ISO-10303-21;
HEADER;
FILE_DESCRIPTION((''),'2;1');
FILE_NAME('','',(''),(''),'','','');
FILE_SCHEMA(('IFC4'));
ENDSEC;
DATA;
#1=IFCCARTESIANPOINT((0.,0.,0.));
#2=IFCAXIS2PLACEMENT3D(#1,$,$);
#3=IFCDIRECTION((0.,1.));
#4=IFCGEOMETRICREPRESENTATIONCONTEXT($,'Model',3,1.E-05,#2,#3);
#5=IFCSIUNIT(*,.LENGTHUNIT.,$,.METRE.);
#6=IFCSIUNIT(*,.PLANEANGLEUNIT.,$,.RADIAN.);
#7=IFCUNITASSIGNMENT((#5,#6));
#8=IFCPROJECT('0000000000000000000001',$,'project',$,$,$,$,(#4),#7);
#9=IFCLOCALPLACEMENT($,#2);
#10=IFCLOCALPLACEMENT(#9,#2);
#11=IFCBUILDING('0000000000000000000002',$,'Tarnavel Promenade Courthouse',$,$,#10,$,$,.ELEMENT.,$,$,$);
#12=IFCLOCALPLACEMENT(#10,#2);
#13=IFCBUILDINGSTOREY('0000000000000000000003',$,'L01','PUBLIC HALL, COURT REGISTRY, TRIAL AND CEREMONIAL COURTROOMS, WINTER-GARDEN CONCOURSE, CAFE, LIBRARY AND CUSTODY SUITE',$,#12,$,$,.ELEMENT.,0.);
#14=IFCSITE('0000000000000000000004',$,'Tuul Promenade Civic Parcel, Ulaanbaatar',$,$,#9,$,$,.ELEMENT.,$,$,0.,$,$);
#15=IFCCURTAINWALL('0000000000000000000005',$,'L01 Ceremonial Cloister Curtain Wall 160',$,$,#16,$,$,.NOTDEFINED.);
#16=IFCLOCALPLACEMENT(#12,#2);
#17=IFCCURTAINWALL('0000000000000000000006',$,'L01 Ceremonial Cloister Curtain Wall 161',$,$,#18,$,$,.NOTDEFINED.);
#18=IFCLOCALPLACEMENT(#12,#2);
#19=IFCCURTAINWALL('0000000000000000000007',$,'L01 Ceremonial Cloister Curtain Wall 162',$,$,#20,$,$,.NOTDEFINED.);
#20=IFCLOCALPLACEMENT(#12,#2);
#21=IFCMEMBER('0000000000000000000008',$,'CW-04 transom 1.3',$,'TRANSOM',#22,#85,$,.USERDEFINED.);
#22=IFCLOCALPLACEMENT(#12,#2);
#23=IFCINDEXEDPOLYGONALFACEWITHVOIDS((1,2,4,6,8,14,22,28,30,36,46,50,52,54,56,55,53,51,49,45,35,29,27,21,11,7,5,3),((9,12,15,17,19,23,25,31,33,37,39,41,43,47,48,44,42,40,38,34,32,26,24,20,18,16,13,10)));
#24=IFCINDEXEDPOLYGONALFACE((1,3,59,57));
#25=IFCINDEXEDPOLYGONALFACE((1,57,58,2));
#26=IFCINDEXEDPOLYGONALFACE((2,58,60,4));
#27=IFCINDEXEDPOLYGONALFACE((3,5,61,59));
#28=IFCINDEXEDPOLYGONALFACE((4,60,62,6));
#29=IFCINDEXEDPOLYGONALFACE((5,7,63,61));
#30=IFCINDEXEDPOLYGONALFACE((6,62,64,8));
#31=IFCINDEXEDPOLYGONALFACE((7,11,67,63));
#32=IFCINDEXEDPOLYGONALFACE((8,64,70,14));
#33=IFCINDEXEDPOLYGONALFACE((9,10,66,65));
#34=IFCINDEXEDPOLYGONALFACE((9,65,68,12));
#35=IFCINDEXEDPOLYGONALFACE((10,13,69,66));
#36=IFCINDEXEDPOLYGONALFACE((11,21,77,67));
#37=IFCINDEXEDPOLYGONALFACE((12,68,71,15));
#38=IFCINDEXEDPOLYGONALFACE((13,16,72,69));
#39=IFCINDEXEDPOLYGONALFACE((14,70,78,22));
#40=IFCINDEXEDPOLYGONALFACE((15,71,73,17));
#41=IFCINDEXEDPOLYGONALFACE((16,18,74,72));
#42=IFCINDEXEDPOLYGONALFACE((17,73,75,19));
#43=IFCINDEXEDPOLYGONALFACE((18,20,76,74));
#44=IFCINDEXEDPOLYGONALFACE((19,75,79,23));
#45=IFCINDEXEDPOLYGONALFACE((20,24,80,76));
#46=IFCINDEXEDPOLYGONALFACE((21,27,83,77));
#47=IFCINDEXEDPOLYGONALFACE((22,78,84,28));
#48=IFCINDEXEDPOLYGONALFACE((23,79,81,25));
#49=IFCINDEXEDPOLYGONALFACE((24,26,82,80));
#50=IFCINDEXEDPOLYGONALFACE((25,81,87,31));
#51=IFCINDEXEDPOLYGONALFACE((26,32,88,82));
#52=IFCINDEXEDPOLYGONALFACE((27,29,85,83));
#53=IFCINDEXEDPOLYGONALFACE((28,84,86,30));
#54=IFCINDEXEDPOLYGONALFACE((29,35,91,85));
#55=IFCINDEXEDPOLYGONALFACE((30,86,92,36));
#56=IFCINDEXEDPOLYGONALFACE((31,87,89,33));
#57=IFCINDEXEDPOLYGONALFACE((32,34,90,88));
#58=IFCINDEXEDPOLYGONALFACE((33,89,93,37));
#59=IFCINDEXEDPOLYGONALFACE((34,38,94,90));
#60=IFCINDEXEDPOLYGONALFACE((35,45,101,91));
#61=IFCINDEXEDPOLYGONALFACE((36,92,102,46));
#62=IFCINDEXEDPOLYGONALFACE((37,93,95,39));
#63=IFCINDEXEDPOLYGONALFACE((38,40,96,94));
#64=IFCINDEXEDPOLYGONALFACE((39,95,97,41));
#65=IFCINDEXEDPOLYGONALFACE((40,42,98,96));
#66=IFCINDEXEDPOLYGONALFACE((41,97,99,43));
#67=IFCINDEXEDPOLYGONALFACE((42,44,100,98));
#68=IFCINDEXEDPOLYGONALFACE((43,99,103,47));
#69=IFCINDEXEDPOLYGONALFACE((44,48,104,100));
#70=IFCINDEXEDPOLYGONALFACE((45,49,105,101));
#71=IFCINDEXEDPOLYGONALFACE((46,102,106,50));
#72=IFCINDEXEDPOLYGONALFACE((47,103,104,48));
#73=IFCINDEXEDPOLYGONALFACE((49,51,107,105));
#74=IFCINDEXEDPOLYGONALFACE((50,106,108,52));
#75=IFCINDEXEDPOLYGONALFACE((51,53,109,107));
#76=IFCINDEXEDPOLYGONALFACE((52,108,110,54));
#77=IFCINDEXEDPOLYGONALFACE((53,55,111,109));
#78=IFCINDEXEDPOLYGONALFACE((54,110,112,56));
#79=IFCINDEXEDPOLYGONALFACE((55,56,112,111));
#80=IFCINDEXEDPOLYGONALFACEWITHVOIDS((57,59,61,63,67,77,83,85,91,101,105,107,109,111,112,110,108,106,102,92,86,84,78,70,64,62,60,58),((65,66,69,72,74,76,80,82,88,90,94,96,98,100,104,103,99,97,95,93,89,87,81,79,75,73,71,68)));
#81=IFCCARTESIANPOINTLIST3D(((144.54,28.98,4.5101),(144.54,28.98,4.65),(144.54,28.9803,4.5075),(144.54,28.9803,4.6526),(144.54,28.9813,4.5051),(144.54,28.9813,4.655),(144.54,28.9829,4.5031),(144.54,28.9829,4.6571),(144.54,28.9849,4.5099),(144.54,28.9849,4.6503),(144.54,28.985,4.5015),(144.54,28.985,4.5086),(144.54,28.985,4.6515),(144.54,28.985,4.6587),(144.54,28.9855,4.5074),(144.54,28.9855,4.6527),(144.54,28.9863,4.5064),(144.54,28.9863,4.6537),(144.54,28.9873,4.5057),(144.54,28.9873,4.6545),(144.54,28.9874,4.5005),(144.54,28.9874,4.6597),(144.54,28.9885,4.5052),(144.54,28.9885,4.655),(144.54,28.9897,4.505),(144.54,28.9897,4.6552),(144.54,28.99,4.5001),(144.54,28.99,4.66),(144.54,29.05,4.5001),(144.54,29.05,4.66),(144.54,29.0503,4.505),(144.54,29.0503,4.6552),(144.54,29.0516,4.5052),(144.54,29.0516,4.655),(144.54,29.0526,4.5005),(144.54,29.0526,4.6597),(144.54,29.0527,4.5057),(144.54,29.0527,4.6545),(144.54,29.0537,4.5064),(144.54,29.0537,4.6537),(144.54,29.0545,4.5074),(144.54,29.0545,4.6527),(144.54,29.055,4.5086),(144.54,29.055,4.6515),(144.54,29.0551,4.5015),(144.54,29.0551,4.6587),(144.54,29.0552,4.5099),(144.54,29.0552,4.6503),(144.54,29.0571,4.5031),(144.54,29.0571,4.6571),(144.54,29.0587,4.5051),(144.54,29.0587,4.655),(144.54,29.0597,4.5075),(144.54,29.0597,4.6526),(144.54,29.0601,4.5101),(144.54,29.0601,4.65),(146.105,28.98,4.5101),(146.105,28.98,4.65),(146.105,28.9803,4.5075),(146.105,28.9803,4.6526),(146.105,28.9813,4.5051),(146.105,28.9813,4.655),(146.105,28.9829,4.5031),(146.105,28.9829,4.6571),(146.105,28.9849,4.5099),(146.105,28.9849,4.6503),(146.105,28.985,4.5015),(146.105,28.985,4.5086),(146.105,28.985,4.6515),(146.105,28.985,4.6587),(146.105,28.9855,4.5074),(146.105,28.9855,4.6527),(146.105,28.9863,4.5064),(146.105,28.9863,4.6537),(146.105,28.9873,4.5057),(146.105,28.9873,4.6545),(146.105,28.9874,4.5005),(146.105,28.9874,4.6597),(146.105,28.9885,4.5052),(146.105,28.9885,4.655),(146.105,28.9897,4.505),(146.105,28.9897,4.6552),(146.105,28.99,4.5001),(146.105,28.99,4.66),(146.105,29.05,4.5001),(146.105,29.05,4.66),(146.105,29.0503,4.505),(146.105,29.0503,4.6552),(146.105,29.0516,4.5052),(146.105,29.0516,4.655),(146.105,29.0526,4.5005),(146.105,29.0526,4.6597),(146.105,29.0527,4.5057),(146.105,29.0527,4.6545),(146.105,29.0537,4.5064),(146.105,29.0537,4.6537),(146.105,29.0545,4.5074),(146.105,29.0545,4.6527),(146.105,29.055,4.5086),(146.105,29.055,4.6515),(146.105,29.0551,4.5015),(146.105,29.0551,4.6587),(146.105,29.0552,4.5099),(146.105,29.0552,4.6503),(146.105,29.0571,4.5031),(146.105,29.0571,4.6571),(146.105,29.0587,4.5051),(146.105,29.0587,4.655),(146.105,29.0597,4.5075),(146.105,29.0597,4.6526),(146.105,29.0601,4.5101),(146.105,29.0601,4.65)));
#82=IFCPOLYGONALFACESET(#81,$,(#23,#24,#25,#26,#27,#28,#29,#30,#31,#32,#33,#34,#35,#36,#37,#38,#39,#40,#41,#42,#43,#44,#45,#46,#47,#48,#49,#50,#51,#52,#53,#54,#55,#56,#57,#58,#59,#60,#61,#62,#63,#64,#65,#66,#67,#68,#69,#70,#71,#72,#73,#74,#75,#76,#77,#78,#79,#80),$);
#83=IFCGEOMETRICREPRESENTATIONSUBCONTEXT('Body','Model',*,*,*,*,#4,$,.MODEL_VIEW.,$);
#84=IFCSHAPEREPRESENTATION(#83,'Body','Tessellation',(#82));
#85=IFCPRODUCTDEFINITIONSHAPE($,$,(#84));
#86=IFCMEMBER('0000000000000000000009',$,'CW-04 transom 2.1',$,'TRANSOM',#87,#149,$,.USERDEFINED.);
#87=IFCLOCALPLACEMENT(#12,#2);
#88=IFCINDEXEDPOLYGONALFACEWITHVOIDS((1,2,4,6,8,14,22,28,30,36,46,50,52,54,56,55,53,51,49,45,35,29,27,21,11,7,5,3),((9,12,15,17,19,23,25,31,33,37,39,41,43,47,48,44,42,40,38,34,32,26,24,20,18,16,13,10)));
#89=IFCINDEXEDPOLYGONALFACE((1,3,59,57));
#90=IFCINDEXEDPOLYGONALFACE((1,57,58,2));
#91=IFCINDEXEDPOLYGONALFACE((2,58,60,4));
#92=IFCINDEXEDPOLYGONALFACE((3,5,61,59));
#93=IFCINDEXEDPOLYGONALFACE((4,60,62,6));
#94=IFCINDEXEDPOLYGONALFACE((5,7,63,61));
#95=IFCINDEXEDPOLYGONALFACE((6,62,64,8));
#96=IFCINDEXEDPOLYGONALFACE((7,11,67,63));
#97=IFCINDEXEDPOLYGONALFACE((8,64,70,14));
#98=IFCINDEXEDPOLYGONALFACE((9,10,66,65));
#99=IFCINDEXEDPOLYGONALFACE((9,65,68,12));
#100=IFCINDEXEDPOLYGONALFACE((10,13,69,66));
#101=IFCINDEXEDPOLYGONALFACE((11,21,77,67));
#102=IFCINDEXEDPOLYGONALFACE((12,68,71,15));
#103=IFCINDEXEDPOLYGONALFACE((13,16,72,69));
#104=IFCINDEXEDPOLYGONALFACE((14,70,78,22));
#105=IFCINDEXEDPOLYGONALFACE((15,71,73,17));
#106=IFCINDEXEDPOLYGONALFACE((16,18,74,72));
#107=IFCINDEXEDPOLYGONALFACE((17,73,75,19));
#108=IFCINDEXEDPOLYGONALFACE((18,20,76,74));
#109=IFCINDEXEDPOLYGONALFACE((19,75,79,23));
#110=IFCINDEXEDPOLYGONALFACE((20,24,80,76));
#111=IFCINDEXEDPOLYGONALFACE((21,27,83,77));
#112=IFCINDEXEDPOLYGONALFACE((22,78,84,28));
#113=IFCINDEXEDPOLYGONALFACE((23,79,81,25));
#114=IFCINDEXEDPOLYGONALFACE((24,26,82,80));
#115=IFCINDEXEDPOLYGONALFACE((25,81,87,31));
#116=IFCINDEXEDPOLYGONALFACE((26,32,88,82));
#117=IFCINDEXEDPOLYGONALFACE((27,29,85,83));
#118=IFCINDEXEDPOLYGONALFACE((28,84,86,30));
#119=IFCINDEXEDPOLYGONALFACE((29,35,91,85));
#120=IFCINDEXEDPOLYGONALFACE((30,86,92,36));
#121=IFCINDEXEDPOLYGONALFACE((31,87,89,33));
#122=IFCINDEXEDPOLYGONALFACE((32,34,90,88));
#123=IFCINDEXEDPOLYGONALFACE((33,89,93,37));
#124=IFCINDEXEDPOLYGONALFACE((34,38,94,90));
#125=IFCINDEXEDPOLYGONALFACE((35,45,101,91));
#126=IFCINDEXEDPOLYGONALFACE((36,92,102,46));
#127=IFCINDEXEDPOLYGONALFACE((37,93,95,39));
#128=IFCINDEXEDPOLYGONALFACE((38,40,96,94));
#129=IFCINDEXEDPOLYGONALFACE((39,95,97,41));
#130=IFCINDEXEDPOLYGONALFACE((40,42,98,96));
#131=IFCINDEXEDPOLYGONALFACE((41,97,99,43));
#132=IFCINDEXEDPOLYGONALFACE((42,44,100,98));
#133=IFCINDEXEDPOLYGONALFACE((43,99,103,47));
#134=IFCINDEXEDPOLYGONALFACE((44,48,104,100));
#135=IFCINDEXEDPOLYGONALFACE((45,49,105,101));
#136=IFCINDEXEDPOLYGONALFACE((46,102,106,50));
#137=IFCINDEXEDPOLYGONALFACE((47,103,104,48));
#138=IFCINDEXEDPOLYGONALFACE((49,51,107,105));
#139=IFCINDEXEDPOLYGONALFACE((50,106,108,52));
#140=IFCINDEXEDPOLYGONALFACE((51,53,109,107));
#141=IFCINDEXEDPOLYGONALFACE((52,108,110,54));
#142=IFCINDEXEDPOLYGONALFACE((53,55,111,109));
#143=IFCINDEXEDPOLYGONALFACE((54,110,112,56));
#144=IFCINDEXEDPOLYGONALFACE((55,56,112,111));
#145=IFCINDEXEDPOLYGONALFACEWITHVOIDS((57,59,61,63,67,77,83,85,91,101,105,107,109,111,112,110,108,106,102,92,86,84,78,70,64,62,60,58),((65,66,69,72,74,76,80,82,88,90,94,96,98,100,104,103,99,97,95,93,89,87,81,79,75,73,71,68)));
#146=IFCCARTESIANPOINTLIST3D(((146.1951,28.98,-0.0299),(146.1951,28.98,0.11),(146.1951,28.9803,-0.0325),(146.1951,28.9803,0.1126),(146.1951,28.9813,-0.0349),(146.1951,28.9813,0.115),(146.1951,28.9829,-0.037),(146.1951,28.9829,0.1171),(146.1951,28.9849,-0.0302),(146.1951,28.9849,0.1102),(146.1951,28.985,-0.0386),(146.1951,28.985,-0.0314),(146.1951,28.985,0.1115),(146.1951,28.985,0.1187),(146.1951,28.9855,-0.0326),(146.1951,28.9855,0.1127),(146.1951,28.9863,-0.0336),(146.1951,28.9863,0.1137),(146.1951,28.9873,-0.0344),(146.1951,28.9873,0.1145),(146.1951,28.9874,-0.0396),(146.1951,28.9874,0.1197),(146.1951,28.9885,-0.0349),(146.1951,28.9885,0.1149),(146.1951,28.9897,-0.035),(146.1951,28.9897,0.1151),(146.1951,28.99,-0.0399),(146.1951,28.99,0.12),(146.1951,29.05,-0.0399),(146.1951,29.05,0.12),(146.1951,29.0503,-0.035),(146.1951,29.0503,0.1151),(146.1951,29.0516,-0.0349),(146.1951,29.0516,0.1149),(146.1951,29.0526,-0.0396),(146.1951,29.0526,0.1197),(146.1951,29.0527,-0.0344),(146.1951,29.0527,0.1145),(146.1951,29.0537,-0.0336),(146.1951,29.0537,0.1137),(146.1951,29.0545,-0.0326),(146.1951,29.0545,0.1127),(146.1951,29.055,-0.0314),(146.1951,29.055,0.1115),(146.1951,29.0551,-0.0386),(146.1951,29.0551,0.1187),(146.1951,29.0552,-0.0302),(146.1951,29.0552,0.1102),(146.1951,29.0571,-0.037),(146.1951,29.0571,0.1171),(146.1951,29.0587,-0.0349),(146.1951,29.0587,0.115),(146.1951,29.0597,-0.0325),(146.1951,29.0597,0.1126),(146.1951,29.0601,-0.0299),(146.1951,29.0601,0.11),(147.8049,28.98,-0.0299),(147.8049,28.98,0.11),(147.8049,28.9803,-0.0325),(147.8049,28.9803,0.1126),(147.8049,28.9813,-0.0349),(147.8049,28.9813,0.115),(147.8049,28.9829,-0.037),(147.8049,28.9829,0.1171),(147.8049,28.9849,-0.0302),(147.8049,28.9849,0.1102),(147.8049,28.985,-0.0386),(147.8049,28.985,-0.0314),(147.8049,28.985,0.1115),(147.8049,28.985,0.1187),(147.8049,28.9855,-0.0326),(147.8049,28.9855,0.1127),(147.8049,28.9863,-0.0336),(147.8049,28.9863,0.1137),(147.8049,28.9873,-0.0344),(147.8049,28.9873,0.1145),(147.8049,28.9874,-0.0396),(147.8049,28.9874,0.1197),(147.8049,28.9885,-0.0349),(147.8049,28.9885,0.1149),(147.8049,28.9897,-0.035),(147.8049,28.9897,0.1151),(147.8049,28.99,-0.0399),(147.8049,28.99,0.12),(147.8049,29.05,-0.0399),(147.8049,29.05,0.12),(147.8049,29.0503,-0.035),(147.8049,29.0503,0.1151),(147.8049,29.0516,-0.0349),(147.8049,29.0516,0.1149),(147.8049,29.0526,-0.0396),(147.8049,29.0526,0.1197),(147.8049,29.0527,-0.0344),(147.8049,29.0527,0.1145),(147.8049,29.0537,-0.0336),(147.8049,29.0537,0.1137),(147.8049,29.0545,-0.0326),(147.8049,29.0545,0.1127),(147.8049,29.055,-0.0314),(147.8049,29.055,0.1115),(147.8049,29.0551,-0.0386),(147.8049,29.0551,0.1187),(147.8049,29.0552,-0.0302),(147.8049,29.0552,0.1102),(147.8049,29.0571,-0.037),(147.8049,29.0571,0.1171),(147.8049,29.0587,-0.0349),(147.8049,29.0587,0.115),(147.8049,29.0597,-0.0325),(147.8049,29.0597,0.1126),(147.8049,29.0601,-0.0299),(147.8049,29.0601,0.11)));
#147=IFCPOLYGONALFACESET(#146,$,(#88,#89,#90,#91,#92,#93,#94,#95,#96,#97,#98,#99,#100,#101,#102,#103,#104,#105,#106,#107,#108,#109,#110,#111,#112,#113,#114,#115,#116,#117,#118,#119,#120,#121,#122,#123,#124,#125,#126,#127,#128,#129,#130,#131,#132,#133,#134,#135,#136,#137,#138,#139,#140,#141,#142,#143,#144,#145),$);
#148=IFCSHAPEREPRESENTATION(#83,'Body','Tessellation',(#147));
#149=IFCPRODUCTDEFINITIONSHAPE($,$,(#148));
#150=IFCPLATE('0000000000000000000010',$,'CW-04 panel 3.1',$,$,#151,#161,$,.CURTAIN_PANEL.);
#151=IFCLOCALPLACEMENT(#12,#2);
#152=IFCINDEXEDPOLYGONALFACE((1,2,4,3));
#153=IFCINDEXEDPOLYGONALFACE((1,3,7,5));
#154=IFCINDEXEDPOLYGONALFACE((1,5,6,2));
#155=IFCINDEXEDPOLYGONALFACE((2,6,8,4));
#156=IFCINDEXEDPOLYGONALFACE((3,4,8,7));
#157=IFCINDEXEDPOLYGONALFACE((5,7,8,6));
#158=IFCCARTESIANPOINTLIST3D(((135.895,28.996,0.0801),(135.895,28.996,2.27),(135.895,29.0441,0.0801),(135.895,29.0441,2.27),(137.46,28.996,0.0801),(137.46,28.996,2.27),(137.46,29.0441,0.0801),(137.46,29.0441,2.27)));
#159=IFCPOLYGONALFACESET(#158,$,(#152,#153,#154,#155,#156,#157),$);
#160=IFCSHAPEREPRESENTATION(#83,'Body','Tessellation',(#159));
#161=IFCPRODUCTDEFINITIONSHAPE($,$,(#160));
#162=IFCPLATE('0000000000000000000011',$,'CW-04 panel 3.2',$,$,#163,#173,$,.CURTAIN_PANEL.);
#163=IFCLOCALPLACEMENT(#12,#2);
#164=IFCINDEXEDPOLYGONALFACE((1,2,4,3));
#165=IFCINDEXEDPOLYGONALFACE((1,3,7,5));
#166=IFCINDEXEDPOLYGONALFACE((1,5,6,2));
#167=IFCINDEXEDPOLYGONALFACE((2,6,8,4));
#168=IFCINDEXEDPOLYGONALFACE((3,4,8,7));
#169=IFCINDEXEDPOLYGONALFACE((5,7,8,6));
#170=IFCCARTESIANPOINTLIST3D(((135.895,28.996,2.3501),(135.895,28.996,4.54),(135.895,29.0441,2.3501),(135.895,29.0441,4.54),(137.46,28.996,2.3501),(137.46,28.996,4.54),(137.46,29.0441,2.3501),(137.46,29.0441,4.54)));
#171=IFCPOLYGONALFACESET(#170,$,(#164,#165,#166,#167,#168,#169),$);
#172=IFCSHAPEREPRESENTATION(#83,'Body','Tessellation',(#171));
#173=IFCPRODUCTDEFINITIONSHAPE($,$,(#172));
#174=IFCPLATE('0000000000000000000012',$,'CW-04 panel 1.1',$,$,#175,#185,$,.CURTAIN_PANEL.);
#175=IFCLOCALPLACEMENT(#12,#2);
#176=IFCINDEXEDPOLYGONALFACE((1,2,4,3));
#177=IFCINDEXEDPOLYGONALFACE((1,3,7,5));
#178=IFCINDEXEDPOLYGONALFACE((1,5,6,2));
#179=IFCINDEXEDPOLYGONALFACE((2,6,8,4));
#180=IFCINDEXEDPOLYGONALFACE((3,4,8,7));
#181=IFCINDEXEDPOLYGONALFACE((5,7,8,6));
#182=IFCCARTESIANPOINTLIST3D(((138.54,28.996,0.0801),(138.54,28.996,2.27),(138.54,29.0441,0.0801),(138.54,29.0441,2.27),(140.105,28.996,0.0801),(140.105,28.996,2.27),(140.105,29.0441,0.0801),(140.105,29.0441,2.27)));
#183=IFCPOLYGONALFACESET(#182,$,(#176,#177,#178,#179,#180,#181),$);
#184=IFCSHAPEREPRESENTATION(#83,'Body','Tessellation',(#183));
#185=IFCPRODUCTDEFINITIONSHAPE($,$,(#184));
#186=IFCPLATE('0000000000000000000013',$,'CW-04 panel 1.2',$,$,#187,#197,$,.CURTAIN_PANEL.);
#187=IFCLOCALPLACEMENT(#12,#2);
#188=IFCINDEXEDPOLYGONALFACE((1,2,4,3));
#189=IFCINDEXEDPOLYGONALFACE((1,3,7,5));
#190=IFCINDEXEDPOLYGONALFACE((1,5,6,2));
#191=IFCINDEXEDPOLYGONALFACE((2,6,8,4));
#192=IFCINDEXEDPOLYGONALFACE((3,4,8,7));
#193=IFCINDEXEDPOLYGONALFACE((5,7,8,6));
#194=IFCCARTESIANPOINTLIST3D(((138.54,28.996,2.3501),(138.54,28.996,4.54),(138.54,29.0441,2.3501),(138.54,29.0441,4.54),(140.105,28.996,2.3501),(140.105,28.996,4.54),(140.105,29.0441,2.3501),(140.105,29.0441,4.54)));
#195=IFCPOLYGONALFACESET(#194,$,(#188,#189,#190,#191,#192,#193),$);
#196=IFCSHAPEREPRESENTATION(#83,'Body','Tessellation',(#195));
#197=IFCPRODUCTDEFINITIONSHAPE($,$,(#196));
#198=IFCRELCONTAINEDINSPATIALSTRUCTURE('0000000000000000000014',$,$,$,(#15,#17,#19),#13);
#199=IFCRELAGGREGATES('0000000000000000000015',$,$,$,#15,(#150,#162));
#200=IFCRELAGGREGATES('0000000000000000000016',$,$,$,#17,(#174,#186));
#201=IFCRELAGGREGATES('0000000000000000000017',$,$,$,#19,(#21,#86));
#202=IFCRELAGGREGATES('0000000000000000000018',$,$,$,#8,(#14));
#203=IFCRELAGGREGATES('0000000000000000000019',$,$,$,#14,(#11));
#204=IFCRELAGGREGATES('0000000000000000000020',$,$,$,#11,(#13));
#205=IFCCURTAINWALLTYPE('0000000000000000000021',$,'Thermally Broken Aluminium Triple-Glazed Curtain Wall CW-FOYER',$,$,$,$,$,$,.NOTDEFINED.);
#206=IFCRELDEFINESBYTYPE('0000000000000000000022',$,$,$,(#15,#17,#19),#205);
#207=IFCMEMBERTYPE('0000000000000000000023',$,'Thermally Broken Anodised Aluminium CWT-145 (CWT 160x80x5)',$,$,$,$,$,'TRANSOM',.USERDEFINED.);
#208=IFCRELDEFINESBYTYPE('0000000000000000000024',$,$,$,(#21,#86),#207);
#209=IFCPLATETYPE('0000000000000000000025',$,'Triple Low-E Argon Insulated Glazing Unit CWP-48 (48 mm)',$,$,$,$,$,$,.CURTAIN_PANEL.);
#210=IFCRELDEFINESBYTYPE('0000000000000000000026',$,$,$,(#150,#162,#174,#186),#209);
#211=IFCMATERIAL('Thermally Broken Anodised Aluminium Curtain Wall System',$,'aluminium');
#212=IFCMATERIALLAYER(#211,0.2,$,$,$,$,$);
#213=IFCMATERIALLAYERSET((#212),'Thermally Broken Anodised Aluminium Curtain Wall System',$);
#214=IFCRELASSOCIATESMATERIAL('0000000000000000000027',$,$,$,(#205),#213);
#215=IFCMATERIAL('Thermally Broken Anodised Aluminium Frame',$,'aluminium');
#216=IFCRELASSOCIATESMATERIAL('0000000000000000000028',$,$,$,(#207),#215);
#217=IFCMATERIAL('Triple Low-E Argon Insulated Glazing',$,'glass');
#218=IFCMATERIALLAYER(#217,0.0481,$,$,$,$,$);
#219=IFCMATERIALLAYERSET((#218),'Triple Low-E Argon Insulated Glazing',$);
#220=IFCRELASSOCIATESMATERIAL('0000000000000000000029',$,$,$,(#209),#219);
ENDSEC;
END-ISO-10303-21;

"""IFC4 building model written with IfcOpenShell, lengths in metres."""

from ifc_helpers import new_model, si_unit, direction, frame, origin, origin_2d, place, context, subcontext, project, spatial, rectangle, hollow_rectangle, extrude, material, layer, layer_set, material_profile, profile_set, type_object, element, aggregate, save


model = new_model("IFC4")

# Units and contexts
model_context = context("Model", 3, precision=1e-05, world=origin(), true_north=direction((0.0, 1.0)))
body_context = subcontext(model_context, "Body", "Model", "MODEL_VIEW")
ifc_project = project(units=[si_unit("LENGTHUNIT", "METRE"), si_unit("PLANEANGLEUNIT", "RADIAN")], contexts=[model_context])

# Site, building, storey
site_placement = place(None, origin())
site = spatial("IfcSite", under=ifc_project, at=site_placement, Name="Tuul Promenade Civic Parcel, Ulaanbaatar", CompositionType="ELEMENT", RefElevation=0.0)
building_placement = place(site_placement, origin())
building = spatial("IfcBuilding", under=site, at=building_placement, Name="Tarnavel Promenade Courthouse", CompositionType="ELEMENT")
storey_placement = place(building_placement, origin())
storey = spatial("IfcBuildingStorey", under=building, at=storey_placement, Name="L01", Description="PUBLIC HALL, COURT REGISTRY, TRIAL AND CEREMONIAL COURTROOMS, WINTER-GARDEN CONCOURSE, CAFE, LIBRARY AND CUSTODY SUITE", CompositionType="ELEMENT", Elevation=0.0)

# Curtain walls
ifc_material_1 = material(Name="Thermally Broken Anodised Aluminium Curtain Wall System", Category="aluminium")
ifc_layer_1 = layer(ifc_material_1, 0.2)
ifc_layer_set_1 = layer_set([ifc_layer_1], Name="Thermally Broken Anodised Aluminium Curtain Wall System")
curtain_wall_type = type_object("IfcCurtainWallType", Name="Thermally Broken Aluminium Triple-Glazed Curtain Wall CW-FOYER", PredefinedType="NOTDEFINED", material=ifc_layer_set_1)
curtain_wall_1_placement = place(storey_placement, origin())
curtain_wall_1 = element("IfcCurtainWall", 1, at=curtain_wall_1_placement, inside=storey, type_object=curtain_wall_type, Name="L01 Ceremonial Cloister Curtain Wall 160", PredefinedType="NOTDEFINED")
ifc_material_2 = material(Name="Thermally Broken Anodised Aluminium Frame", Category="aluminium")
curtain_wall_2_placement = place(storey_placement, origin())
curtain_wall_2 = element("IfcCurtainWall", 2, at=curtain_wall_2_placement, inside=storey, type_object=curtain_wall_type, Name="L01 Ceremonial Cloister Curtain Wall 161", PredefinedType="NOTDEFINED")
curtain_wall_3_placement = place(storey_placement, origin())
curtain_wall_3 = element("IfcCurtainWall", 3, at=curtain_wall_3_placement, inside=storey, type_object=curtain_wall_type, Name="L01 Ceremonial Cloister Curtain Wall 162", PredefinedType="NOTDEFINED")

# Members
ifc_material_profile_1 = material_profile(ifc_material_2, hollow_rectangle(XDim=0.0801, YDim=0.1599, WallThickness=0.0049, InnerFilletRadius=0.0049, OuterFilletRadius=0.01, at=origin_2d()), Name="CWT 160x80x5")
ifc_profile_set_1 = profile_set([ifc_material_profile_1], Name="Thermally Broken Anodised Aluminium Frame")
member_type_1 = type_object("IfcMemberType", Name="Thermally Broken Anodised Aluminium CWT-145 (CWT 160x80x5)", ElementType="TRANSOM", PredefinedType="USERDEFINED", material=ifc_profile_set_1)
member_1_placement = place(storey_placement, frame((144.54, 29.02, 4.5801), z_axis=(1.0, 0.0, 0.0), x_axis=(0.0, 1.0, 0.0)))
member_1 = element("IfcMember", 4, at=member_1_placement, type_object=member_type_1, Name="CW-04 transom 1.3", ObjectType="TRANSOM", PredefinedType="USERDEFINED", context=body_context, shape_type="SweptSolid", body=[
    extrude(hollow_rectangle(XDim=0.0801, YDim=0.1599, WallThickness=0.0049, InnerFilletRadius=0.0049, OuterFilletRadius=0.01, at=origin_2d()), origin(), (0.0, 0.0, 1.0), 1.5649),
])
member_2_placement = place(storey_placement, frame((146.1951, 29.02, 0.04), z_axis=(1.0, 0.0, 0.0), x_axis=(0.0, 1.0, 0.0)))
member_2 = element("IfcMember", 5, at=member_2_placement, type_object=member_type_1, Name="CW-04 transom 2.1", ObjectType="TRANSOM", PredefinedType="USERDEFINED", context=body_context, shape_type="SweptSolid", body=[
    extrude(hollow_rectangle(XDim=0.0801, YDim=0.1599, WallThickness=0.0049, InnerFilletRadius=0.0049, OuterFilletRadius=0.01, at=origin_2d()), origin(), (0.0, 0.0, 1.0), 1.6099),
])

# Plates
ifc_material_3 = material(Name="Triple Low-E Argon Insulated Glazing", Category="glass")
ifc_layer_2 = layer(ifc_material_3, 0.0481)
ifc_layer_set_2 = layer_set([ifc_layer_2], Name="Triple Low-E Argon Insulated Glazing")
plate_type = type_object("IfcPlateType", Name="Triple Low-E Argon Insulated Glazing Unit CWP-48 (48 mm)", PredefinedType="CURTAIN_PANEL", material=ifc_layer_set_2)
plate_1_placement = place(storey_placement, frame((136.6775, 29.02, 0.0801), z_axis=(0.0, 0.0, 1.0), x_axis=(1.0, 0.0, 0.0)))
plate_1 = element("IfcPlate", 6, at=plate_1_placement, type_object=plate_type, Name="CW-04 panel 3.1", PredefinedType="CURTAIN_PANEL", context=body_context, shape_type="SweptSolid", body=[
    extrude(rectangle(XDim=1.5649, YDim=0.0481, at=origin_2d()), origin(), (0.0, 0.0, 1.0), 2.1899),
])
plate_2_placement = place(storey_placement, frame((136.6775, 29.02, 2.3501), z_axis=(0.0, 0.0, 1.0), x_axis=(1.0, 0.0, 0.0)))
plate_2 = element("IfcPlate", 7, at=plate_2_placement, type_object=plate_type, Name="CW-04 panel 3.2", PredefinedType="CURTAIN_PANEL", context=body_context, shape_type="SweptSolid", body=[
    extrude(rectangle(XDim=1.5649, YDim=0.0481, at=origin_2d()), origin(), (0.0, 0.0, 1.0), 2.1899),
])
aggregate(curtain_wall_1, [plate_1, plate_2])
plate_3_placement = place(storey_placement, frame((139.3225, 29.02, 0.0801), z_axis=(0.0, 0.0, 1.0), x_axis=(1.0, 0.0, 0.0)))
plate_3 = element("IfcPlate", 8, at=plate_3_placement, type_object=plate_type, Name="CW-04 panel 1.1", PredefinedType="CURTAIN_PANEL", context=body_context, shape_type="SweptSolid", body=[
    extrude(rectangle(XDim=1.5649, YDim=0.0481, at=origin_2d()), origin(), (0.0, 0.0, 1.0), 2.1899),
])
plate_4_placement = place(storey_placement, frame((139.3225, 29.02, 2.3501), z_axis=(0.0, 0.0, 1.0), x_axis=(1.0, 0.0, 0.0)))
plate_4 = element("IfcPlate", 9, at=plate_4_placement, type_object=plate_type, Name="CW-04 panel 1.2", PredefinedType="CURTAIN_PANEL", context=body_context, shape_type="SweptSolid", body=[
    extrude(rectangle(XDim=1.5649, YDim=0.0481, at=origin_2d()), origin(), (0.0, 0.0, 1.0), 2.1899),
])
aggregate(curtain_wall_2, [plate_3, plate_4])
aggregate(curtain_wall_3, [member_1, member_2])

save(model, "model.ifc")
